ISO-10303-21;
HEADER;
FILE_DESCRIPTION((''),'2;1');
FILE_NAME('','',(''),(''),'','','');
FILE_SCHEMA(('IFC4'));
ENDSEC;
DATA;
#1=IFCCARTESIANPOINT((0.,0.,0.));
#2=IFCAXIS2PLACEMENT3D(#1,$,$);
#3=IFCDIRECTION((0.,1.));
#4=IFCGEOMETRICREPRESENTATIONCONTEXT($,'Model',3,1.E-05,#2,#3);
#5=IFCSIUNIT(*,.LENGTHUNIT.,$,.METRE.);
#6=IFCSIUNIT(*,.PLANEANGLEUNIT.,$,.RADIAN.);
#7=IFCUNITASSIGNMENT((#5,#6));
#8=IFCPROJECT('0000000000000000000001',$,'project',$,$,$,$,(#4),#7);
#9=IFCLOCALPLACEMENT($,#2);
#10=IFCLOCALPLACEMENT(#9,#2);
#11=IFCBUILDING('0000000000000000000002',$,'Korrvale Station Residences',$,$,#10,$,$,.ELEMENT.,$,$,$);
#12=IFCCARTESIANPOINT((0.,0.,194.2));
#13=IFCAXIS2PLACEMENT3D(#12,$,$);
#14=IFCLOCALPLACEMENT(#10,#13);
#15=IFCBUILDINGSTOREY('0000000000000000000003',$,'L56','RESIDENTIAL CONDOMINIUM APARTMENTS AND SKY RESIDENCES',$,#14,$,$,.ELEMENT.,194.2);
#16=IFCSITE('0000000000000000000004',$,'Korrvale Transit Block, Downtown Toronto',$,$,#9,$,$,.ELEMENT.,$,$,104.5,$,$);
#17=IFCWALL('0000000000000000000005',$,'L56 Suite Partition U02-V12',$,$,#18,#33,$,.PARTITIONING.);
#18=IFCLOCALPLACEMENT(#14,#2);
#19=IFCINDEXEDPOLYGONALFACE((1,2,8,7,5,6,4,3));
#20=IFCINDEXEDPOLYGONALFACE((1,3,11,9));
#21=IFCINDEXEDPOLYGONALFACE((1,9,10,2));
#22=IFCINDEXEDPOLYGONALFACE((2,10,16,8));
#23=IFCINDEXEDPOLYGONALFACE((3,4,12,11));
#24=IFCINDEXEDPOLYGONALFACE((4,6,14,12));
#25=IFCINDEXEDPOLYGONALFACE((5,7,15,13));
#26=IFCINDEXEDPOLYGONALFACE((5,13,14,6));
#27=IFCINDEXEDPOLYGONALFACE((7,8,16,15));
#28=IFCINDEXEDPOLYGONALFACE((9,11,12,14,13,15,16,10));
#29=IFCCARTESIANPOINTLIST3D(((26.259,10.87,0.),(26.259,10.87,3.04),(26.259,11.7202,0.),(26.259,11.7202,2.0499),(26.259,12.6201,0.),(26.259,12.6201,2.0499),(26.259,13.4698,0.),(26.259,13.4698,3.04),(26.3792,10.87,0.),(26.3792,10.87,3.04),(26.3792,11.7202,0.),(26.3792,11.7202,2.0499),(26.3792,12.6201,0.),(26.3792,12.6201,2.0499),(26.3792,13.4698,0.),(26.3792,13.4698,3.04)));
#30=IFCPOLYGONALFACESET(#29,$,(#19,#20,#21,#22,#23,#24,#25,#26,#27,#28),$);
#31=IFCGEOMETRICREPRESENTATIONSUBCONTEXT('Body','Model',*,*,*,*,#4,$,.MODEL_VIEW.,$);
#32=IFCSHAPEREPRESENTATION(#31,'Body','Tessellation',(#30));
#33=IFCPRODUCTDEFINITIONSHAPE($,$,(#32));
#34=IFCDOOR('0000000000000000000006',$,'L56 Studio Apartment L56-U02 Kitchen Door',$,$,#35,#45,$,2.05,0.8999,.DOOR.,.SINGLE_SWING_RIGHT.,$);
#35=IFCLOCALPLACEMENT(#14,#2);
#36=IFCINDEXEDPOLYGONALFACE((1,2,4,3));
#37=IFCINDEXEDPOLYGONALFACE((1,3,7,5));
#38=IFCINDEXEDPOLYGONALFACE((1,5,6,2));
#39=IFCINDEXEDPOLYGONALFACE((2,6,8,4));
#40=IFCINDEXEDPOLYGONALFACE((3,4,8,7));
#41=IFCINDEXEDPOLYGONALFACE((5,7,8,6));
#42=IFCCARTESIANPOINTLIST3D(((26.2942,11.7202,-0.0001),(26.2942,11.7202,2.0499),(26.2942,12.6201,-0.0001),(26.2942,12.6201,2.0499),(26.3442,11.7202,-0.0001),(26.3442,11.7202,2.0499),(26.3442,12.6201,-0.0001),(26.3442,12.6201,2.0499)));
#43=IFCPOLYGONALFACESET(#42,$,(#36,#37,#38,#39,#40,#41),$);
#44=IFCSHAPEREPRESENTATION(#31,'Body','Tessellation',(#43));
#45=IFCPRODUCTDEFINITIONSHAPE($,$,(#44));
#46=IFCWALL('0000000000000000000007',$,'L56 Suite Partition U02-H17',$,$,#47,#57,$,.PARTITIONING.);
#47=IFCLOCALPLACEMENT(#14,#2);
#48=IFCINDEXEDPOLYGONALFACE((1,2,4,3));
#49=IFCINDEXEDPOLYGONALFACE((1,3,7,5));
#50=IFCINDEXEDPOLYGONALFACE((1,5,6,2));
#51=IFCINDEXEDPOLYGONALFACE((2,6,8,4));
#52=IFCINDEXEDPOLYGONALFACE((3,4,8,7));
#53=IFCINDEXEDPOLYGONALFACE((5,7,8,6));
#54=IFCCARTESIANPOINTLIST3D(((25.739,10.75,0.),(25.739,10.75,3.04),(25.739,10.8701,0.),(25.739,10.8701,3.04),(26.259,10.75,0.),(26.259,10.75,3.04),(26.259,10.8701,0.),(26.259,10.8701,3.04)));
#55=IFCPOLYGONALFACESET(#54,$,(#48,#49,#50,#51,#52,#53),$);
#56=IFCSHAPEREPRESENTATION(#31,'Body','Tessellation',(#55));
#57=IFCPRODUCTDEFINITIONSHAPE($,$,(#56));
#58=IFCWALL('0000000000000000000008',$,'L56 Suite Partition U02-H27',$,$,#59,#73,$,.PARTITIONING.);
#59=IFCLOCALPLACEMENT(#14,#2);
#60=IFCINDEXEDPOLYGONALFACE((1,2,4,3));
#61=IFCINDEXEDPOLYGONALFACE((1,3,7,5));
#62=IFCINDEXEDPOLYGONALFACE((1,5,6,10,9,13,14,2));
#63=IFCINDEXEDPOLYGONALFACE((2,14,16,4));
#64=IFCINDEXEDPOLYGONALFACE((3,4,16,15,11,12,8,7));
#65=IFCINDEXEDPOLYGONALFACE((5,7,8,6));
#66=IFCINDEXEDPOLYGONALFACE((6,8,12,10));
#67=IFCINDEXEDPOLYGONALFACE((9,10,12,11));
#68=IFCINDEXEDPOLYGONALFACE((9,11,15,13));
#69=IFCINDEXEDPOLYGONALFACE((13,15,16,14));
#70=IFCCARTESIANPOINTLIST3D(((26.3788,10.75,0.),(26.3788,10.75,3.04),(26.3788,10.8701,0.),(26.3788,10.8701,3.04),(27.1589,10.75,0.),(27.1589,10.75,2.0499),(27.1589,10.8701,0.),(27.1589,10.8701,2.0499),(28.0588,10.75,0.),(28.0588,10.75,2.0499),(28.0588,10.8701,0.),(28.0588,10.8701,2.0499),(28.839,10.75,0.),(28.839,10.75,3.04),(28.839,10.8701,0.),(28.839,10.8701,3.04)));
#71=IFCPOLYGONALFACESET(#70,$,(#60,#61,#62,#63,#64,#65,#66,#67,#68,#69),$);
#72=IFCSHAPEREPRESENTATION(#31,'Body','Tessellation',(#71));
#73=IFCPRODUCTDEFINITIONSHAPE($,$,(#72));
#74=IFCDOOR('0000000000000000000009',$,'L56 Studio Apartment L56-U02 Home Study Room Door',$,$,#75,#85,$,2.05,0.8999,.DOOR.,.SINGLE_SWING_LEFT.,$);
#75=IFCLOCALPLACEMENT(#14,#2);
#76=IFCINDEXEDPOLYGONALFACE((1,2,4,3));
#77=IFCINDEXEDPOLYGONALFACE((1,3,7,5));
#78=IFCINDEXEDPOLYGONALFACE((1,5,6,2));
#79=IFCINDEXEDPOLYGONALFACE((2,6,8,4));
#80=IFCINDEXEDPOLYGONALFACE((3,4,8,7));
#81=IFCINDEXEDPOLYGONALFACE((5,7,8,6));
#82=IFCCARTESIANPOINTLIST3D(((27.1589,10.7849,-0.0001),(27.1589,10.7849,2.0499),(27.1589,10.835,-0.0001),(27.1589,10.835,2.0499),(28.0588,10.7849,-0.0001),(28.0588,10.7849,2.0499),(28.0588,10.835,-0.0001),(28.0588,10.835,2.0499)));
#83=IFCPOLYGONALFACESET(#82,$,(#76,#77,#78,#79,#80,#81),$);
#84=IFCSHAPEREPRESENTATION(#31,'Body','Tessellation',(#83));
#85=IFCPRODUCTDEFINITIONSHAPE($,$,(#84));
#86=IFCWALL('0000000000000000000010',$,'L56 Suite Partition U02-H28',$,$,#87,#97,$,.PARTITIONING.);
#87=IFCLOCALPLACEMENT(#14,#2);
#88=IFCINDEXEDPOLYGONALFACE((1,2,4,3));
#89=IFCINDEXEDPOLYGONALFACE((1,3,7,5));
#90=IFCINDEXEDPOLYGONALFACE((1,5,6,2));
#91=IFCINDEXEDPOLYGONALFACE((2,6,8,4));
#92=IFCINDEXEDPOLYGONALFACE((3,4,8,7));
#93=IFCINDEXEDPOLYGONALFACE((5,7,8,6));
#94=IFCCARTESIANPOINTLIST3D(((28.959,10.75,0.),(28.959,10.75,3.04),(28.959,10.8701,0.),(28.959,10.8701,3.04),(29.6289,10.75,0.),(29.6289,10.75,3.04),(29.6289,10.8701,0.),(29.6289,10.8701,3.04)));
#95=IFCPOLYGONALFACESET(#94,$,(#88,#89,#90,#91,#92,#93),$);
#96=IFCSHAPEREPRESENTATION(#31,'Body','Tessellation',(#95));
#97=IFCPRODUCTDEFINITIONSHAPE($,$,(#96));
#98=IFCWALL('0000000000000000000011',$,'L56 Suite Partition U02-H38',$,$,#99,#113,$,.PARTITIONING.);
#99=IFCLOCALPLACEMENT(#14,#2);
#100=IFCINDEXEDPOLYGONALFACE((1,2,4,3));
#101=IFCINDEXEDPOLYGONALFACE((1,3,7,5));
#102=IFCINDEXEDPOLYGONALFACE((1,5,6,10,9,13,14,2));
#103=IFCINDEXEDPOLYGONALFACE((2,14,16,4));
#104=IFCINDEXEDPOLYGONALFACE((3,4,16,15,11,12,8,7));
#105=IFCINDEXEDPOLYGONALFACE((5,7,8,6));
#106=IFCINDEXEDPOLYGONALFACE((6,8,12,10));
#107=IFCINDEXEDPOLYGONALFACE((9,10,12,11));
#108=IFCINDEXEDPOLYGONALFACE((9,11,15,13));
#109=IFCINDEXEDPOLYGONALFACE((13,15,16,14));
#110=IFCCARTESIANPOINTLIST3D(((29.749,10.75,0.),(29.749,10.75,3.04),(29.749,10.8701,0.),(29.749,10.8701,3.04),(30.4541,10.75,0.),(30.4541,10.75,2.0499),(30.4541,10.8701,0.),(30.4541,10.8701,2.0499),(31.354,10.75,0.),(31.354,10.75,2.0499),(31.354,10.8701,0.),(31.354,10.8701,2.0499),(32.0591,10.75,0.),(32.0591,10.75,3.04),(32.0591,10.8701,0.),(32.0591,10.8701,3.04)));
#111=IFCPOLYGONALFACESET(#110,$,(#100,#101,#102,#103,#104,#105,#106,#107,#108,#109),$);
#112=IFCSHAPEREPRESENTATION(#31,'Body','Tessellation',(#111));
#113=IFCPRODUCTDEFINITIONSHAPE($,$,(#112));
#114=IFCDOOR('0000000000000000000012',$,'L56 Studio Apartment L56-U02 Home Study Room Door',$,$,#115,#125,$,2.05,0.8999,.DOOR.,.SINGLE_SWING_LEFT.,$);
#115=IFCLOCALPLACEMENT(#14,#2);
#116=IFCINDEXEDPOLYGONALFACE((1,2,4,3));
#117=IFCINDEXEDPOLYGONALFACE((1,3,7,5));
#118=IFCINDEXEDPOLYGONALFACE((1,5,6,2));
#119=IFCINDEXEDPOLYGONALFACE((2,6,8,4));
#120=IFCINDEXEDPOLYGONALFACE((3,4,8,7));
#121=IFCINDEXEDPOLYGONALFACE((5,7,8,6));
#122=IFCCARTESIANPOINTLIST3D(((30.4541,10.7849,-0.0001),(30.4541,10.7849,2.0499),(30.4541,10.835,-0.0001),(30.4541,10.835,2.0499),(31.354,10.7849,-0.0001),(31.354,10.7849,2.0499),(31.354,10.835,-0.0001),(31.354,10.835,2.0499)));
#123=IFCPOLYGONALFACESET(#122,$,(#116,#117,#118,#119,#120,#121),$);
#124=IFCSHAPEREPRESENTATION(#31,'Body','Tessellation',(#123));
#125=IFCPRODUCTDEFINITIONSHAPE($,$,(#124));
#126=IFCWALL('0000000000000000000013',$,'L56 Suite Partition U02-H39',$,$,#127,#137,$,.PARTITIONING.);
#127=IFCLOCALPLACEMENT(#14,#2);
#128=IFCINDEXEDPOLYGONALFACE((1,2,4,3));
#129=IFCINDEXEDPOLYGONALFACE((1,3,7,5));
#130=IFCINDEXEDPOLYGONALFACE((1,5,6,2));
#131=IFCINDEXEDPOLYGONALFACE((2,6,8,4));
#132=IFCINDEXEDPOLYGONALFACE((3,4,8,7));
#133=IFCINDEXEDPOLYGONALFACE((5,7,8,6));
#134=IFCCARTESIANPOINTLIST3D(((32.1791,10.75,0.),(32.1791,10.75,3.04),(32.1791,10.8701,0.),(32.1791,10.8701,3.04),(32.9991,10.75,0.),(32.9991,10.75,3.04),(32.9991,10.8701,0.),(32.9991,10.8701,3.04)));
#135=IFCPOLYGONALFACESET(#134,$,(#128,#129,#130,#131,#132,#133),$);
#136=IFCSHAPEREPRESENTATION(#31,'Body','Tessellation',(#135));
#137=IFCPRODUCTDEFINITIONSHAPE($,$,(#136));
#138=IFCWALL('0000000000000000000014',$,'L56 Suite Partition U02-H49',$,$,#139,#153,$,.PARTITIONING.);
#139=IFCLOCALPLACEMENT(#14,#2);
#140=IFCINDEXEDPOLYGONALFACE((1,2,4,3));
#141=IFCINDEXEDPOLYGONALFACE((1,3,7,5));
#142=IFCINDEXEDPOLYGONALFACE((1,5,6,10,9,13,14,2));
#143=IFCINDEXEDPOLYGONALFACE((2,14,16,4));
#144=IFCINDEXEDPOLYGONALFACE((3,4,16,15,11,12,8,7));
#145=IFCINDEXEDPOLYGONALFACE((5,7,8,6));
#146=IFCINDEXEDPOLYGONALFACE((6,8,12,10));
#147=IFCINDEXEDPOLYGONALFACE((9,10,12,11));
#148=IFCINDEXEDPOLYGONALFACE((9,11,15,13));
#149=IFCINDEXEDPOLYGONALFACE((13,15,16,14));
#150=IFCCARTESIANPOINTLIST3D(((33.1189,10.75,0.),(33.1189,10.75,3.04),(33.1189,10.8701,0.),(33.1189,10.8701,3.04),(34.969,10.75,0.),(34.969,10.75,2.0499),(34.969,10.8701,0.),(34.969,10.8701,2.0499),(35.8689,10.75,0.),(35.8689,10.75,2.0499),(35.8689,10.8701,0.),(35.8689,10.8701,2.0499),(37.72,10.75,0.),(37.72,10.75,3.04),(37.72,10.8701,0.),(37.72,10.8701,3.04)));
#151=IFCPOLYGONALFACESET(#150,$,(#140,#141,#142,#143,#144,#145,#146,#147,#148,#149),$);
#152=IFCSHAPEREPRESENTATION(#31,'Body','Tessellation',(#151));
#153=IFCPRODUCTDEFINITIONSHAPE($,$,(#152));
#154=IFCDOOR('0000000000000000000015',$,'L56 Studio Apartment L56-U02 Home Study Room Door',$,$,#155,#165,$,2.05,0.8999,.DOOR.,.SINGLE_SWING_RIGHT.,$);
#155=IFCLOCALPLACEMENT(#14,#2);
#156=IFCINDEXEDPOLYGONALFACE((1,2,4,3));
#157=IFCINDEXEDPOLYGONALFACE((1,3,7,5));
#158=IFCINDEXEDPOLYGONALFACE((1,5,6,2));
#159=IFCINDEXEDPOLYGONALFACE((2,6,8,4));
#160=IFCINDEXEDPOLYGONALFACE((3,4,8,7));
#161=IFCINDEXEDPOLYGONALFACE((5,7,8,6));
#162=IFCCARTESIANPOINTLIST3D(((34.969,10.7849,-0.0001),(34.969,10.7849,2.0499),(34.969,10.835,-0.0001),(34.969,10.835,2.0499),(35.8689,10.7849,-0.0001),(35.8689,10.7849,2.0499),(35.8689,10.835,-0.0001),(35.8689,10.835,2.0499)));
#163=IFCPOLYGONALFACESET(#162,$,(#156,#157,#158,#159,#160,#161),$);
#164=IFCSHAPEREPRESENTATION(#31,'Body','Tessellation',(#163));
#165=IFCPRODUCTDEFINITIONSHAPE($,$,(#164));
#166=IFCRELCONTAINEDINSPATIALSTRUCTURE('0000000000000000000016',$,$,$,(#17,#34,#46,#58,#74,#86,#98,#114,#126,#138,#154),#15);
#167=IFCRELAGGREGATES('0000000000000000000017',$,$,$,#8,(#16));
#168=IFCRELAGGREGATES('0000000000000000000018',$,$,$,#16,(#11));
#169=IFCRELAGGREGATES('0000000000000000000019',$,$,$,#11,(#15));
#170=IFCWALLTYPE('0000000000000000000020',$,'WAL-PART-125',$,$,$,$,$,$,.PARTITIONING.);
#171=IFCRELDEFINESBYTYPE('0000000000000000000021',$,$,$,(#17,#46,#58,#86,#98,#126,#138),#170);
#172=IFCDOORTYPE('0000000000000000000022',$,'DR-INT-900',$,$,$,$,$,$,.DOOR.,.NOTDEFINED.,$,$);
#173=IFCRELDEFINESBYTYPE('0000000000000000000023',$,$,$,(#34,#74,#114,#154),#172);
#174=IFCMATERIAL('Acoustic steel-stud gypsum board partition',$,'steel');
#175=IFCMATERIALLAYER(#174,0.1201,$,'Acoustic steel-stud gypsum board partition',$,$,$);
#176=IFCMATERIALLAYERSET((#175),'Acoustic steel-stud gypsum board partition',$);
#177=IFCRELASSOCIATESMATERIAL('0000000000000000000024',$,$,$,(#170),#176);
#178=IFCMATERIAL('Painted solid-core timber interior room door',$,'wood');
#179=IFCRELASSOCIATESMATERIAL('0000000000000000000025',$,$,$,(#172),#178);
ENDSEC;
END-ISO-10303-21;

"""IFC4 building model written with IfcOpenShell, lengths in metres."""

from ifc_helpers import new_model, si_unit, direction, frame, frame_2d, origin, place, context, subcontext, project, spatial, rectangle, extrude, material, layer, layer_set, type_object, element, fill, save


model = new_model("IFC4")

# Units and contexts
model_context = context("Model", 3, precision=1e-05, world=origin(), true_north=direction((0.0, 1.0)))
body_context = subcontext(model_context, "Body", "Model", "MODEL_VIEW")
ifc_project = project(units=[si_unit("LENGTHUNIT", "METRE"), si_unit("PLANEANGLEUNIT", "RADIAN")], contexts=[model_context])

# Site, building, storey
site_placement = place(None, origin())
site = spatial("IfcSite", under=ifc_project, at=site_placement, Name="Korrvale Transit Block, Downtown Toronto", CompositionType="ELEMENT", RefElevation=104.5)
building_placement = place(site_placement, origin())
building = spatial("IfcBuilding", under=site, at=building_placement, Name="Korrvale Station Residences", CompositionType="ELEMENT")
storey_placement = place(building_placement, frame((0.0, 0.0, 194.2)))
storey = spatial("IfcBuildingStorey", under=building, at=storey_placement, Name="L56", Description="RESIDENTIAL CONDOMINIUM APARTMENTS AND SKY RESIDENCES", CompositionType="ELEMENT", Elevation=194.2)

# Wall, opening, door
ifc_material_1 = material(Name="Acoustic steel-stud gypsum board partition", Category="steel")
ifc_layer_1 = layer(ifc_material_1, 0.1201, Name="Acoustic steel-stud gypsum board partition")
ifc_layer_set_1 = layer_set([ifc_layer_1], Name="Acoustic steel-stud gypsum board partition")
wall_type_1 = type_object("IfcWallType", Name="WAL-PART-125", PredefinedType="PARTITIONING", material=ifc_layer_set_1)
wall_1_placement = place(storey_placement, frame((26.3191, 10.8701, 0.0), z_axis=(0.0, 0.0, 1.0), x_axis=(0.0, 1.0, 0.0)))
wall_1 = element("IfcWall", 1, at=wall_1_placement, inside=storey, type_object=wall_type_1, Name="L56 Suite Partition U02-V12", PredefinedType="PARTITIONING", context=body_context, shape_type="SweptSolid", body=[
    extrude(rectangle(XDim=2.5999, YDim=0.1201, at=frame_2d((1.2998, 0.0))), origin(), (0.0, 0.0, 1.0), 3.04),
])
opening_1_placement = place(wall_1_placement, frame((0.8501, 0.0, 0.0)))
opening_1 = element("IfcOpeningElement", 2, at=opening_1_placement, cuts=wall_1, PredefinedType="OPENING", context=body_context, shape_type="SweptSolid", body=[
    extrude(rectangle(XDim=0.8999, YDim=2.05, at=frame_2d((0.45, 1.0249))), frame((0.0, 0.0701, 0.0), z_axis=(0.0, -1.0, 0.0), x_axis=(1.0, 0.0, 0.0)), (0.0, 0.0, 1.0), 0.1401),
])
ifc_material_2 = material(Name="Painted solid-core timber interior room door", Category="wood")
door_type = type_object("IfcDoorType", Name="DR-INT-900", OperationType="NOTDEFINED", PredefinedType="DOOR", material=ifc_material_2)
door_1_placement = place(opening_1_placement, origin())
door_1 = element("IfcDoor", 3, at=door_1_placement, inside=storey, type_object=door_type, Name="L56 Studio Apartment L56-U02 Kitchen Door", OperationType="SINGLE_SWING_RIGHT", OverallHeight=2.05, OverallWidth=0.8999, PredefinedType="DOOR", context=body_context, shape_type="SweptSolid", body=[
    extrude(rectangle(XDim=0.8999, YDim=2.05, at=frame_2d((0.45, 1.0249))), frame((0.0, 0.0249, 0.0), z_axis=(0.0, -1.0, 0.0), x_axis=(1.0, 0.0, 0.0)), (0.0, 0.0, 1.0), 0.05),
])
fill(opening_1, door_1)

# Wall
wall_2_placement = place(storey_placement, frame((25.739, 10.8101, 0.0), z_axis=(0.0, 0.0, 1.0), x_axis=(1.0, 0.0, 0.0)))
element("IfcWall", 4, at=wall_2_placement, inside=storey, type_object=wall_type_1, Name="L56 Suite Partition U02-H17", PredefinedType="PARTITIONING", context=body_context, shape_type="SweptSolid", body=[
    extrude(rectangle(XDim=0.52, YDim=0.1201, at=frame_2d((0.26, 0.0))), origin(), (0.0, 0.0, 1.0), 3.04),
])

# Wall, opening, door
wall_3_placement = place(storey_placement, frame((26.3789, 10.8101, 0.0), z_axis=(0.0, 0.0, 1.0), x_axis=(1.0, 0.0, 0.0)))
wall_3 = element("IfcWall", 5, at=wall_3_placement, inside=storey, type_object=wall_type_1, Name="L56 Suite Partition U02-H27", PredefinedType="PARTITIONING", context=body_context, shape_type="SweptSolid", body=[
    extrude(rectangle(XDim=2.4602, YDim=0.1201, at=frame_2d((1.23, 0.0))), origin(), (0.0, 0.0, 1.0), 3.04),
])
opening_2_placement = place(wall_3_placement, frame((0.78, 0.0, 0.0)))
opening_2 = element("IfcOpeningElement", 6, at=opening_2_placement, cuts=wall_3, PredefinedType="OPENING", context=body_context, shape_type="SweptSolid", body=[
    extrude(rectangle(XDim=0.8999, YDim=2.05, at=frame_2d((0.45, 1.0249))), frame((0.0, 0.0701, 0.0), z_axis=(0.0, -1.0, 0.0), x_axis=(1.0, 0.0, 0.0)), (0.0, 0.0, 1.0), 0.1401),
])
door_2_placement = place(opening_2_placement, origin())
door_2 = element("IfcDoor", 7, at=door_2_placement, inside=storey, type_object=door_type, Name="L56 Studio Apartment L56-U02 Home Study Room Door", OperationType="SINGLE_SWING_LEFT", OverallHeight=2.05, OverallWidth=0.8999, PredefinedType="DOOR", context=body_context, shape_type="SweptSolid", body=[
    extrude(rectangle(XDim=0.8999, YDim=2.05, at=frame_2d((0.45, 1.0249))), frame((0.0, 0.0249, 0.0), z_axis=(0.0, -1.0, 0.0), x_axis=(1.0, 0.0, 0.0)), (0.0, 0.0, 1.0), 0.05),
])
fill(opening_2, door_2)

# Wall
wall_4_placement = place(storey_placement, frame((28.959, 10.8101, 0.0), z_axis=(0.0, 0.0, 1.0), x_axis=(1.0, 0.0, 0.0)))
element("IfcWall", 8, at=wall_4_placement, inside=storey, type_object=wall_type_1, Name="L56 Suite Partition U02-H28", PredefinedType="PARTITIONING", context=body_context, shape_type="SweptSolid", body=[
    extrude(rectangle(XDim=0.6699, YDim=0.1201, at=frame_2d((0.335, 0.0))), origin(), (0.0, 0.0, 1.0), 3.04),
])

# Wall, opening, door
wall_5_placement = place(storey_placement, frame((29.749, 10.8101, 0.0), z_axis=(0.0, 0.0, 1.0), x_axis=(1.0, 0.0, 0.0)))
wall_5 = element("IfcWall", 9, at=wall_5_placement, inside=storey, type_object=wall_type_1, Name="L56 Suite Partition U02-H38", PredefinedType="PARTITIONING", context=body_context, shape_type="SweptSolid", body=[
    extrude(rectangle(XDim=2.3101, YDim=0.1201, at=frame_2d((1.155, 0.0))), origin(), (0.0, 0.0, 1.0), 3.04),
])
opening_3_placement = place(wall_5_placement, frame((0.7051, 0.0, 0.0)))
opening_3 = element("IfcOpeningElement", 10, at=opening_3_placement, cuts=wall_5, PredefinedType="OPENING", context=body_context, shape_type="SweptSolid", body=[
    extrude(rectangle(XDim=0.8999, YDim=2.05, at=frame_2d((0.45, 1.0249))), frame((0.0, 0.0701, 0.0), z_axis=(0.0, -1.0, 0.0), x_axis=(1.0, 0.0, 0.0)), (0.0, 0.0, 1.0), 0.1401),
])
door_3_placement = place(opening_3_placement, origin())
door_3 = element("IfcDoor", 11, at=door_3_placement, inside=storey, type_object=door_type, Name="L56 Studio Apartment L56-U02 Home Study Room Door", OperationType="SINGLE_SWING_LEFT", OverallHeight=2.05, OverallWidth=0.8999, PredefinedType="DOOR", context=body_context, shape_type="SweptSolid", body=[
    extrude(rectangle(XDim=0.8999, YDim=2.05, at=frame_2d((0.45, 1.0249))), frame((0.0, 0.0249, 0.0), z_axis=(0.0, -1.0, 0.0), x_axis=(1.0, 0.0, 0.0)), (0.0, 0.0, 1.0), 0.05),
])
fill(opening_3, door_3)

# Wall
wall_6_placement = place(storey_placement, frame((32.179, 10.8101, 0.0), z_axis=(0.0, 0.0, 1.0), x_axis=(1.0, 0.0, 0.0)))
element("IfcWall", 12, at=wall_6_placement, inside=storey, type_object=wall_type_1, Name="L56 Suite Partition U02-H39", PredefinedType="PARTITIONING", context=body_context, shape_type="SweptSolid", body=[
    extrude(rectangle(XDim=0.8201, YDim=0.1201, at=frame_2d((0.4102, 0.0))), origin(), (0.0, 0.0, 1.0), 3.04),
])

# Wall, opening, door
wall_7_placement = place(storey_placement, frame((33.1189, 10.8101, 0.0), z_axis=(0.0, 0.0, 1.0), x_axis=(1.0, 0.0, 0.0)))
wall_7 = element("IfcWall", 13, at=wall_7_placement, inside=storey, type_object=wall_type_1, Name="L56 Suite Partition U02-H49", PredefinedType="PARTITIONING", context=body_context, shape_type="SweptSolid", body=[
    extrude(rectangle(XDim=4.6011, YDim=0.1201, at=frame_2d((2.3005, 0.0))), origin(), (0.0, 0.0, 1.0), 3.04),
])
opening_4_placement = place(wall_7_placement, frame((1.8501, 0.0, 0.0)))
opening_4 = element("IfcOpeningElement", 14, at=opening_4_placement, cuts=wall_7, PredefinedType="OPENING", context=body_context, shape_type="SweptSolid", body=[
    extrude(rectangle(XDim=0.8999, YDim=2.05, at=frame_2d((0.45, 1.0249))), frame((0.0, 0.0701, 0.0), z_axis=(0.0, -1.0, 0.0), x_axis=(1.0, 0.0, 0.0)), (0.0, 0.0, 1.0), 0.1401),
])
door_4_placement = place(opening_4_placement, origin())
door_4 = element("IfcDoor", 15, at=door_4_placement, inside=storey, type_object=door_type, Name="L56 Studio Apartment L56-U02 Home Study Room Door", OperationType="SINGLE_SWING_RIGHT", OverallHeight=2.05, OverallWidth=0.8999, PredefinedType="DOOR", context=body_context, shape_type="SweptSolid", body=[
    extrude(rectangle(XDim=0.8999, YDim=2.05, at=frame_2d((0.45, 1.0249))), frame((0.0, 0.0249, 0.0), z_axis=(0.0, -1.0, 0.0), x_axis=(1.0, 0.0, 0.0)), (0.0, 0.0, 1.0), 0.05),
])
fill(opening_4, door_4)

save(model, "model.ifc")
